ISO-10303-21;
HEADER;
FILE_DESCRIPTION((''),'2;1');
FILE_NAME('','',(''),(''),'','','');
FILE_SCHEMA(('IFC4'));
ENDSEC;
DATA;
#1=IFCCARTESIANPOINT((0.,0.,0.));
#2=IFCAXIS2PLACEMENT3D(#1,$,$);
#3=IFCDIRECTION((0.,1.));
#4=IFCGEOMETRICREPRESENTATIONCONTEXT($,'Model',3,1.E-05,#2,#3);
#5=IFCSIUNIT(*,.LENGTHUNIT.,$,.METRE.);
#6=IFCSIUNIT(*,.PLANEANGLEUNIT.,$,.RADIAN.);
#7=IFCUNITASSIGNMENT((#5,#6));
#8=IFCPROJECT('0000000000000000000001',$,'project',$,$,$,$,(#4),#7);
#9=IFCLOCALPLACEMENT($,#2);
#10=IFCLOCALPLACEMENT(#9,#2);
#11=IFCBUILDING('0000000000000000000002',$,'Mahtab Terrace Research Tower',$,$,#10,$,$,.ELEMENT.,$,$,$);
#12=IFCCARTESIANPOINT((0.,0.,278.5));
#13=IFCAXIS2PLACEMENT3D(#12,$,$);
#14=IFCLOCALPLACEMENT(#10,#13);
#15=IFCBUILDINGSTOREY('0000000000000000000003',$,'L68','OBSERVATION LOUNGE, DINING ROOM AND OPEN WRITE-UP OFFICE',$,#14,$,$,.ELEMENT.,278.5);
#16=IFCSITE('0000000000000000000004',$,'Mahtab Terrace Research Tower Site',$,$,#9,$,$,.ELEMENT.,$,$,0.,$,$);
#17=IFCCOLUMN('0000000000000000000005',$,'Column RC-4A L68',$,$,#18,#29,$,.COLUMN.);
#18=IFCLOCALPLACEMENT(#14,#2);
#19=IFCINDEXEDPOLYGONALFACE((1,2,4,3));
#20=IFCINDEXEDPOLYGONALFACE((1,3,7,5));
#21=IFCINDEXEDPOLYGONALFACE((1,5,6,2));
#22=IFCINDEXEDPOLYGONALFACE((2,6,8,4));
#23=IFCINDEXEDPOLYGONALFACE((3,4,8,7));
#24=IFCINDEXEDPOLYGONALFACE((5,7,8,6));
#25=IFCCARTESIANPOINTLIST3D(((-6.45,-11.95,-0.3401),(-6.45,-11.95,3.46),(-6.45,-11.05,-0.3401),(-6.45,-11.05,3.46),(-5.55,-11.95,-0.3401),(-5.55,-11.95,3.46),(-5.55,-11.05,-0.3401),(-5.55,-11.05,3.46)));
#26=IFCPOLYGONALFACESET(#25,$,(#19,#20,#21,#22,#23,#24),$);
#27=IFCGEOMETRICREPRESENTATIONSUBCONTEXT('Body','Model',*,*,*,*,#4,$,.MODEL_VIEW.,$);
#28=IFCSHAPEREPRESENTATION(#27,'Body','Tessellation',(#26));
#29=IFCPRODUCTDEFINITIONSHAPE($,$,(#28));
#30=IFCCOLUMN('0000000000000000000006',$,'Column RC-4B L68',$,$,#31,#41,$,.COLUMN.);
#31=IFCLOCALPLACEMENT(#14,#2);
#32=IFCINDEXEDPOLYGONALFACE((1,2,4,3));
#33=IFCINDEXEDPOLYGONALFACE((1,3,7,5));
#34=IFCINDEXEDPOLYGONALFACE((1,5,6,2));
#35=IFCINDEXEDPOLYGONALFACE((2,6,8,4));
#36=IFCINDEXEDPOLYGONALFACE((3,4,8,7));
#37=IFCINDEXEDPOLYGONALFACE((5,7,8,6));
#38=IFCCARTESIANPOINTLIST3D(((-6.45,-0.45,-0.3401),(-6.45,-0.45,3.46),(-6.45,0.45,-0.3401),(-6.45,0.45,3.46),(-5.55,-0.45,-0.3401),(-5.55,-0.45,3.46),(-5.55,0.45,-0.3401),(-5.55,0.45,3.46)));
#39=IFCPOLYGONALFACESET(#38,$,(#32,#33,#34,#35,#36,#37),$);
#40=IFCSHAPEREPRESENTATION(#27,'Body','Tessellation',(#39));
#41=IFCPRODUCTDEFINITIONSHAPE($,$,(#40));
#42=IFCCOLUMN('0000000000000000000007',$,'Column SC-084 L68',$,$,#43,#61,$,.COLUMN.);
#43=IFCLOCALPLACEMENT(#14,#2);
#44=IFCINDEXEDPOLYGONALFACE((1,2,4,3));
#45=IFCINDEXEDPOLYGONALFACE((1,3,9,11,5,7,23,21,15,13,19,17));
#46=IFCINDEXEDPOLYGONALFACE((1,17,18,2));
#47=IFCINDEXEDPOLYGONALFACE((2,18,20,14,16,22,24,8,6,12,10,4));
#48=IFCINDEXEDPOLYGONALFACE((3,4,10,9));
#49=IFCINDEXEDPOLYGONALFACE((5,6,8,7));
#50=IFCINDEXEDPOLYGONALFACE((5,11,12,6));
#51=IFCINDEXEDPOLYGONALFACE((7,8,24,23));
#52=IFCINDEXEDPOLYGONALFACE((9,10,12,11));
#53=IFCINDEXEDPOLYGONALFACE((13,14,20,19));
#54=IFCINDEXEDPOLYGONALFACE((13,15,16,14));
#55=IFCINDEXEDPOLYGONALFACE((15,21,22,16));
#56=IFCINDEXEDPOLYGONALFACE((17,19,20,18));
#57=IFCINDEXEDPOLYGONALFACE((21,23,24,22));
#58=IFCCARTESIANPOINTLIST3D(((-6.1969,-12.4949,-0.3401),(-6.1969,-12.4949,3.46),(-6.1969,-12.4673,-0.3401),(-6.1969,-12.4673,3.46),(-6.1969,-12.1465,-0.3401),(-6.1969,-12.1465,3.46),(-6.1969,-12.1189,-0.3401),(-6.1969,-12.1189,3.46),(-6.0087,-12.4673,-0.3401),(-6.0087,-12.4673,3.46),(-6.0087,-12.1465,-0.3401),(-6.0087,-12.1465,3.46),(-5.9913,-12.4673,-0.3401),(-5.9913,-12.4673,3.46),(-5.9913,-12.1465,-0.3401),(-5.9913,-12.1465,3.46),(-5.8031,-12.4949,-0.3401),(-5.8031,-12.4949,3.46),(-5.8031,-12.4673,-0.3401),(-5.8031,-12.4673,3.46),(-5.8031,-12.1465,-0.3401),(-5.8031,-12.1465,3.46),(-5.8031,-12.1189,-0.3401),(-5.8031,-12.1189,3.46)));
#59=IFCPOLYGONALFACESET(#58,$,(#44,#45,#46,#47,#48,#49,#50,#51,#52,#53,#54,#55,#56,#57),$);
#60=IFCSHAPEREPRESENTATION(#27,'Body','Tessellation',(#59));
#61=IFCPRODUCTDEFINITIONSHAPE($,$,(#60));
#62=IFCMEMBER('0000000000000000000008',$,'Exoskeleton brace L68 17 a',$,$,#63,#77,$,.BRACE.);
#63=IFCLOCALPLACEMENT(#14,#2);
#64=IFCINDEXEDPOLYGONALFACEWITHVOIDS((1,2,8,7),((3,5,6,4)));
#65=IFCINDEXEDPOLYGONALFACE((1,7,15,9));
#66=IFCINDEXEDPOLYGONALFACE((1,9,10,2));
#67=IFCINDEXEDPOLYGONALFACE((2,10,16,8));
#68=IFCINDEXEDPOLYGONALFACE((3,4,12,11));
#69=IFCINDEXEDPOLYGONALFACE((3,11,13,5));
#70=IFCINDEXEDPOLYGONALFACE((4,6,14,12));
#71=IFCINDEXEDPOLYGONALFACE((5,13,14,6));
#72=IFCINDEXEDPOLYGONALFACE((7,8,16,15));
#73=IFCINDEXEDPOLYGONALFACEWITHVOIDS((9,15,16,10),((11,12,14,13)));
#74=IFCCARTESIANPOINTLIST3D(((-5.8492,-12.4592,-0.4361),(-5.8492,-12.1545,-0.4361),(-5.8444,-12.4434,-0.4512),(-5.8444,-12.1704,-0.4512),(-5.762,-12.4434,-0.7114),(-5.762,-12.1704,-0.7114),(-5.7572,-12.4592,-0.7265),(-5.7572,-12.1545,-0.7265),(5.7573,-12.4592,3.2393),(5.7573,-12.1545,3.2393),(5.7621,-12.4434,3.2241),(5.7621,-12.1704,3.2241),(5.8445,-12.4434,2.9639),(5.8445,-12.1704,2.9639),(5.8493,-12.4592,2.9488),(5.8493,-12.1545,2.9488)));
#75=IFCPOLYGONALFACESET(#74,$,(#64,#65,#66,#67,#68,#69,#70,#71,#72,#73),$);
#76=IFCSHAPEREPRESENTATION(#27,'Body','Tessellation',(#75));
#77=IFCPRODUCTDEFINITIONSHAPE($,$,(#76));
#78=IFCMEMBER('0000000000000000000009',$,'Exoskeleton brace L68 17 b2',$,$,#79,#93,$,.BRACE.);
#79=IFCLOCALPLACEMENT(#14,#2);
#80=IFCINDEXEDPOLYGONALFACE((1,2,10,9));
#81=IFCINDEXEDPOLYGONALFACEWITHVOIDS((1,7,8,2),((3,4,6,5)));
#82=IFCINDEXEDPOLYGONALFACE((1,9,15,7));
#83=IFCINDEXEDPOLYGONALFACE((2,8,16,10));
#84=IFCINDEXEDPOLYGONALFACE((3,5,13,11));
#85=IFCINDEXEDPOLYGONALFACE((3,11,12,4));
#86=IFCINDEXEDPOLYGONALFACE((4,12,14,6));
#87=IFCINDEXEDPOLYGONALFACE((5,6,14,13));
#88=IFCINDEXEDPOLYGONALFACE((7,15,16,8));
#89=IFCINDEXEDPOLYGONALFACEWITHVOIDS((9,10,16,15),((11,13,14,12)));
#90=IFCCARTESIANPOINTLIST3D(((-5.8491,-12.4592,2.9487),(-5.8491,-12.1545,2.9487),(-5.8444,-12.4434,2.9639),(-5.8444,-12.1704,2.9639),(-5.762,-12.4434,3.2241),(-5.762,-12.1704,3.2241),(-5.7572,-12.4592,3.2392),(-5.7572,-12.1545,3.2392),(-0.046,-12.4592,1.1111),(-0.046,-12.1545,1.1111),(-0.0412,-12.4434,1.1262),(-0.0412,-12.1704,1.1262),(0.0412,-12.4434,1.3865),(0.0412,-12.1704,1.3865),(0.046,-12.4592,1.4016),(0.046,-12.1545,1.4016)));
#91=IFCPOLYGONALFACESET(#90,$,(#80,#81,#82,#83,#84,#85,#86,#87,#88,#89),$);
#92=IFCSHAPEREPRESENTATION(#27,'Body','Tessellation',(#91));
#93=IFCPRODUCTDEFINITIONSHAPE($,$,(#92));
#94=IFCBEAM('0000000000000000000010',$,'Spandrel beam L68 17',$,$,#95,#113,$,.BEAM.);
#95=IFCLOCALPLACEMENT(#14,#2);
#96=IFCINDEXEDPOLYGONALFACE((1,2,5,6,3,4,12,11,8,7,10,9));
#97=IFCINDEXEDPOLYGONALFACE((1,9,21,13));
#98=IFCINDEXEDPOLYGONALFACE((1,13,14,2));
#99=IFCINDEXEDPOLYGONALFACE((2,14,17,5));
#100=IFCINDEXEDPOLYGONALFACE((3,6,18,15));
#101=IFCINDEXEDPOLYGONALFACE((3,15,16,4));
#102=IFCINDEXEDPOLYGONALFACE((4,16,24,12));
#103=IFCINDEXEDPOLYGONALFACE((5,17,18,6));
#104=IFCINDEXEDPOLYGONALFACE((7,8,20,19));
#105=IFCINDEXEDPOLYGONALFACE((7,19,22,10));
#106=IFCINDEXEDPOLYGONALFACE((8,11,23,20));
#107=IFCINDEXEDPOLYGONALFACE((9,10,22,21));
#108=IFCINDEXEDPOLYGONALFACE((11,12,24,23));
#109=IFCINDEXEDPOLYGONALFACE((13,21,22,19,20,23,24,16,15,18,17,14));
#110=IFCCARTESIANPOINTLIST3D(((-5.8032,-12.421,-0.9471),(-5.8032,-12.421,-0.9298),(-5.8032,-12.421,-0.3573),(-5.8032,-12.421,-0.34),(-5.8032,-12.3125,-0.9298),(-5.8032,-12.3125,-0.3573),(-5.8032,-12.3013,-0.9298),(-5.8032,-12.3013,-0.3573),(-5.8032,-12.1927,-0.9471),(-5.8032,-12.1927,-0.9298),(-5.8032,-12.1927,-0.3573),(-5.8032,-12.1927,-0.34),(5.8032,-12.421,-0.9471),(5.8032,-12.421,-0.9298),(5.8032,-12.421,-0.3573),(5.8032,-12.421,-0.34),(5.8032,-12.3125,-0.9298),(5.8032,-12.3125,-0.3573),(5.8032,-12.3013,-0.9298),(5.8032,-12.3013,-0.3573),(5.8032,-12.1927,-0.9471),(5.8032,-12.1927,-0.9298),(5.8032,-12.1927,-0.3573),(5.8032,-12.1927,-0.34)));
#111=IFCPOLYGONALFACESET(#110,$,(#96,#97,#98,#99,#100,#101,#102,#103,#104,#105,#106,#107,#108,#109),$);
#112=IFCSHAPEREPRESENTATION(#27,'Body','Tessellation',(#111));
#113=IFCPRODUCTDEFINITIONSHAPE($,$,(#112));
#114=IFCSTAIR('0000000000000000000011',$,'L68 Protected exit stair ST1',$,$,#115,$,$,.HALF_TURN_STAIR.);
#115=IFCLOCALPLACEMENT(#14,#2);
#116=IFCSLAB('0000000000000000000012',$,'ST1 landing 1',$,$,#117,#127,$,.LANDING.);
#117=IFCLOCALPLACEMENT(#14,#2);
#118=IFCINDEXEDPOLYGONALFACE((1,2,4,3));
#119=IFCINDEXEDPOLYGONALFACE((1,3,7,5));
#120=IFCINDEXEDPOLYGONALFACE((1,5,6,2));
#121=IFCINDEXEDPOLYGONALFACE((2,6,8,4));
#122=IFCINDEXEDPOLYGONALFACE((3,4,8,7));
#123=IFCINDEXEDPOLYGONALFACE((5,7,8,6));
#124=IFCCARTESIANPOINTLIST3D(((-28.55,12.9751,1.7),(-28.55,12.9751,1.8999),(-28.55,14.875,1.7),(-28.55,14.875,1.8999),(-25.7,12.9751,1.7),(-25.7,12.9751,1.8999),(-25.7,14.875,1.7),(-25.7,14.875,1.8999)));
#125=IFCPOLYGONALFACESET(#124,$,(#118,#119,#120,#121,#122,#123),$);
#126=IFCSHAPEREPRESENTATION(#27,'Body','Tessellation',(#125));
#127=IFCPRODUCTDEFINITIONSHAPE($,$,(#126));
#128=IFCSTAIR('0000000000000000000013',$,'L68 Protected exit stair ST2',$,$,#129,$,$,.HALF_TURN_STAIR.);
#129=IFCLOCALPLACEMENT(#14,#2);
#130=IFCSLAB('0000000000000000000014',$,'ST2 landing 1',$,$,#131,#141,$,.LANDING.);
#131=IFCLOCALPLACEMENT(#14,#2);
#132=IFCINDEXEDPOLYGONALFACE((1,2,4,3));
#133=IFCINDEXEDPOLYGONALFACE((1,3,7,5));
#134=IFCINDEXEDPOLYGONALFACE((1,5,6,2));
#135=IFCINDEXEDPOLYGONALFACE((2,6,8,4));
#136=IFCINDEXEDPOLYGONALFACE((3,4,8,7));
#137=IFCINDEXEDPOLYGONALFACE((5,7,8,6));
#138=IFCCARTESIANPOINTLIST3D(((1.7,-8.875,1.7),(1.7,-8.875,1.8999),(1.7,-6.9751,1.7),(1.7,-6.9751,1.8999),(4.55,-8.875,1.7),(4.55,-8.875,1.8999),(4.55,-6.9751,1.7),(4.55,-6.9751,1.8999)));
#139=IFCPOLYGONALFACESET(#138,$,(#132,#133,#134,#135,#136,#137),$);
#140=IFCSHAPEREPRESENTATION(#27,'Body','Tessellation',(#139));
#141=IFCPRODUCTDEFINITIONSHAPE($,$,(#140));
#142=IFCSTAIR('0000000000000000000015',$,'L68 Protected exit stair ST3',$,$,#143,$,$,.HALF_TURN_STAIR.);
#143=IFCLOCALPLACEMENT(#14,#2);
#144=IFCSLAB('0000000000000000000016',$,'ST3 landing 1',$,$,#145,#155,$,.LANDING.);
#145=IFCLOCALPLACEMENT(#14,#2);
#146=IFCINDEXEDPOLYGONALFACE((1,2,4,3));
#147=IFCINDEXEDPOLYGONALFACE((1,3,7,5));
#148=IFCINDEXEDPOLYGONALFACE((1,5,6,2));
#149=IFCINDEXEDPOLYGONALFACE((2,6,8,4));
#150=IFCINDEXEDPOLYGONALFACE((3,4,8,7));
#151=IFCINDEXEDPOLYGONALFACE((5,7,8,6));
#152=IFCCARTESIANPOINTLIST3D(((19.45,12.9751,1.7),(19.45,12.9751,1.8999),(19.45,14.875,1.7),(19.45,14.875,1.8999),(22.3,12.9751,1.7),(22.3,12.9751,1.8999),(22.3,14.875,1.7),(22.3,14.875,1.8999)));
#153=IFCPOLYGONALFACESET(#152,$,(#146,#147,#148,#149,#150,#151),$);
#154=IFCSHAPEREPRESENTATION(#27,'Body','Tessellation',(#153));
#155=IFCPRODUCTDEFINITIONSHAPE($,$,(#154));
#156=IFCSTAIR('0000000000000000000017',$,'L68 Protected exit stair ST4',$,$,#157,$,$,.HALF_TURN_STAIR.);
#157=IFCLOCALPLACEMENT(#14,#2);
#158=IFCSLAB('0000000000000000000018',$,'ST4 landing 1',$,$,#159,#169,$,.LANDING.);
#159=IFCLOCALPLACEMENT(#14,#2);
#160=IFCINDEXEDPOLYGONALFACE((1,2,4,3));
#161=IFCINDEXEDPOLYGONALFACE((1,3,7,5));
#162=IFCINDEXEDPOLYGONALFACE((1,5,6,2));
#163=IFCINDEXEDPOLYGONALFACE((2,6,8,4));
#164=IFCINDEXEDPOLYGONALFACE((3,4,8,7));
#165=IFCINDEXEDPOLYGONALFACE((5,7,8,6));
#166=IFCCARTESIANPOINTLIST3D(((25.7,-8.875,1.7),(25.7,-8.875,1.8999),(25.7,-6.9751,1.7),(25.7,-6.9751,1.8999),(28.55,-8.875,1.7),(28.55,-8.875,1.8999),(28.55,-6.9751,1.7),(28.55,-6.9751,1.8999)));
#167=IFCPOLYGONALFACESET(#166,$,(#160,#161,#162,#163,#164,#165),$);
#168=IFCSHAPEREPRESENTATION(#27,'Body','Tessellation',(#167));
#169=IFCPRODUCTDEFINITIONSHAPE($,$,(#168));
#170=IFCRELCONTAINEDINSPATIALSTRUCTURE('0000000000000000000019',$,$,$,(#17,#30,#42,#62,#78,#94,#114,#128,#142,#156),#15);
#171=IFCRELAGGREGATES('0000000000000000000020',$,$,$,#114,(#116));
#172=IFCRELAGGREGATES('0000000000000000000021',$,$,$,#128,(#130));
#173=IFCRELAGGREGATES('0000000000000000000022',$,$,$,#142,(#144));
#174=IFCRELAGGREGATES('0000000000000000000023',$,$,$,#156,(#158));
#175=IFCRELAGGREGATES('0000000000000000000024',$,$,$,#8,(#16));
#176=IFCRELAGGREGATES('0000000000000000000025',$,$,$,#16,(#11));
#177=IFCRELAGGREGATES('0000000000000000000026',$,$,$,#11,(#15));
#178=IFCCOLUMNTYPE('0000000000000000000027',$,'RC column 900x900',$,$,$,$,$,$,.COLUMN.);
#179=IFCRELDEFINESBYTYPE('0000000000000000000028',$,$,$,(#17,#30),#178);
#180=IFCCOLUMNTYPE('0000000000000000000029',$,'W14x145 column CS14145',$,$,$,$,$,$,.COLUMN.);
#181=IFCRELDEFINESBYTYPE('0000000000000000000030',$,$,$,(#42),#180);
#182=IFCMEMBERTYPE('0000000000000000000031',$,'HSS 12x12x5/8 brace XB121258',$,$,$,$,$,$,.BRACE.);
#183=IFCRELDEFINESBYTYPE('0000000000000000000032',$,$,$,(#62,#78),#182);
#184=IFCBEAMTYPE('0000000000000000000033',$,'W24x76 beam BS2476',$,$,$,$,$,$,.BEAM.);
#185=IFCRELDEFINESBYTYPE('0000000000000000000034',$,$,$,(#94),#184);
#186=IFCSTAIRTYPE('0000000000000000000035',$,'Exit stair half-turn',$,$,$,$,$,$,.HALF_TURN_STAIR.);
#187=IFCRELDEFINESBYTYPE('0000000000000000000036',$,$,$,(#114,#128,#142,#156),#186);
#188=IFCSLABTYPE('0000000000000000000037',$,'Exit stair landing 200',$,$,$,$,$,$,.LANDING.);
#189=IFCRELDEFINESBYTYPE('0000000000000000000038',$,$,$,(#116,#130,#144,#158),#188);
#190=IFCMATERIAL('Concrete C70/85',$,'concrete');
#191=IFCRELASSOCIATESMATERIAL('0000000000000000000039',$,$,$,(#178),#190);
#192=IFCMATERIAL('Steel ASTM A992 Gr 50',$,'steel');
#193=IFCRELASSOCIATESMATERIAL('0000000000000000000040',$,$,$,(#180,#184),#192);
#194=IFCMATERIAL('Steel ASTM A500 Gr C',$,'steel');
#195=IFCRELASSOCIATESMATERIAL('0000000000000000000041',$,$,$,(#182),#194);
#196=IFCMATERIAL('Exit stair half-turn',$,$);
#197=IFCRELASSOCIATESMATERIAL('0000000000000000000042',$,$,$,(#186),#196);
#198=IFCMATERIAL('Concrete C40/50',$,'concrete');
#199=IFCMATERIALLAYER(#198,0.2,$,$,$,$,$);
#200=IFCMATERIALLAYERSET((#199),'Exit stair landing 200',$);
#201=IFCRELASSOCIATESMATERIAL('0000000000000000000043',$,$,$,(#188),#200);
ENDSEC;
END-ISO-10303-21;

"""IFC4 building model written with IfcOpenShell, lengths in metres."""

from ifc_helpers import new_model, si_unit, direction, frame, origin, origin_2d, place, context, subcontext, project, spatial, polyline, rectangle, hollow_rectangle, i_section, outline, extrude, material, layer, layer_set, material_profile, profile_set, type_object, element, aggregate, save


model = new_model("IFC4")

# Units and contexts
model_context = context("Model", 3, precision=1e-05, world=origin(), true_north=direction((0.0, 1.0)))
body_context = subcontext(model_context, "Body", "Model", "MODEL_VIEW")
ifc_project = project(units=[si_unit("LENGTHUNIT", "METRE"), si_unit("PLANEANGLEUNIT", "RADIAN")], contexts=[model_context])

# Site, building, storey
site_placement = place(None, origin())
site = spatial("IfcSite", under=ifc_project, at=site_placement, Name="Mahtab Terrace Research Tower Site", CompositionType="ELEMENT", RefElevation=0.0)
building_placement = place(site_placement, origin())
building = spatial("IfcBuilding", under=site, at=building_placement, Name="Mahtab Terrace Research Tower", CompositionType="ELEMENT")
storey_placement = place(building_placement, frame((0.0, 0.0, 278.5)))
storey = spatial("IfcBuildingStorey", under=building, at=storey_placement, Name="L68", Description="OBSERVATION LOUNGE, DINING ROOM AND OPEN WRITE-UP OFFICE", CompositionType="ELEMENT", Elevation=278.5)

# Columns
ifc_material_1 = material(Name="Concrete C70/85", Category="concrete")
ifc_material_profile_1 = material_profile(ifc_material_1, rectangle(XDim=0.8999, YDim=0.8999, at=origin_2d()), Name="RC column 900x900")
ifc_profile_set_1 = profile_set([ifc_material_profile_1], Name="Concrete C70/85")
column_type_1 = type_object("IfcColumnType", Name="RC column 900x900", PredefinedType="COLUMN", material=ifc_profile_set_1)
for number, where, z_axis, x_axis, name in (
    (1, (-6.0, -11.5, -0.3401), (0.0, 0.0, 1.0), (1.0, 0.0, 0.0), "Column RC-4A L68"),
    (2, (-6.0, 0.0, -0.3401), (0.0, 0.0, 1.0), (1.0, 0.0, 0.0), "Column RC-4B L68"),
):
    element("IfcColumn", number, at=place(storey_placement, frame(where, z_axis=z_axis, x_axis=x_axis)), inside=storey, type_object=column_type_1, Name=name, PredefinedType="COLUMN", context=body_context, shape_type="SweptSolid", body=[
        extrude(rectangle(XDim=0.8999, YDim=0.8999, at=origin_2d()), origin(), (0.0, 0.0, 1.0), 3.8),
    ])
ifc_material_2 = material(Name="Steel ASTM A992 Gr 50", Category="steel")
ifc_material_profile_2 = material_profile(ifc_material_2, i_section(OverallWidth=0.3938, OverallDepth=0.376, WebThickness=0.0173, FlangeThickness=0.0276, at=origin_2d()), Name="W14X145")
ifc_profile_set_2 = profile_set([ifc_material_profile_2], Name="Steel ASTM A992 Gr 50")
column_type_2 = type_object("IfcColumnType", Name="W14x145 column CS14145", PredefinedType="COLUMN", material=ifc_profile_set_2)
column_placement = place(storey_placement, frame((-6.0, -12.3069, -0.3401), z_axis=(0.0, 0.0, 1.0), x_axis=(1.0, 0.0, 0.0)))
element("IfcColumn", 3, at=column_placement, inside=storey, type_object=column_type_2, Name="Column SC-084 L68", PredefinedType="COLUMN", context=body_context, shape_type="SweptSolid", body=[
    extrude(i_section(OverallWidth=0.3938, OverallDepth=0.376, WebThickness=0.0173, FlangeThickness=0.0276, at=origin_2d()), origin(), (0.0, 0.0, 1.0), 3.8),
])

# Members
ifc_material_3 = material(Name="Steel ASTM A500 Gr C", Category="steel")
ifc_material_profile_3 = material_profile(ifc_material_3, hollow_rectangle(XDim=0.3047, YDim=0.3047, WallThickness=0.0159, at=origin_2d()), Name="HSS12X12X5/8")
ifc_profile_set_3 = profile_set([ifc_material_profile_3], Name="Steel ASTM A500 Gr C")
member_type = type_object("IfcMemberType", Name="HSS 12x12x5/8 brace XB121258", PredefinedType="BRACE", material=ifc_profile_set_3)
member_1_placement = place(storey_placement, frame((-5.8032, -12.3069, -0.5813), z_axis=(0.953344, 0.0, 0.301886), x_axis=(0.0, 1.0, 0.0)))
element("IfcMember", 4, at=member_1_placement, inside=storey, type_object=member_type, Name="Exoskeleton brace L68 17 a", PredefinedType="BRACE", context=body_context, shape_type="SweptSolid", body=[
    extrude(hollow_rectangle(XDim=0.3047, YDim=0.3047, WallThickness=0.0159, at=origin_2d()), origin(), (0.0, 0.0, 1.0), 12.1746),
])
member_2_placement = place(storey_placement, frame((0.0, -12.3069, 1.2563), z_axis=(-0.953344, 0.0, 0.301886), x_axis=(0.0, -1.0, 0.0)))
element("IfcMember", 5, at=member_2_placement, inside=storey, type_object=member_type, Name="Exoskeleton brace L68 17 b2", PredefinedType="BRACE", context=body_context, shape_type="SweptSolid", body=[
    extrude(hollow_rectangle(XDim=0.3047, YDim=0.3047, WallThickness=0.0159, at=origin_2d()), origin(), (0.0, 0.0, 1.0), 6.0872),
])

# Beam
ifc_material_profile_4 = material_profile(ifc_material_2, i_section(OverallWidth=0.2283, OverallDepth=0.6072, WebThickness=0.0112, FlangeThickness=0.0173, at=origin_2d()), Name="W24X76")
ifc_profile_set_4 = profile_set([ifc_material_profile_4], Name="Steel ASTM A992 Gr 50")
beam_type = type_object("IfcBeamType", Name="W24x76 beam BS2476", PredefinedType="BEAM", material=ifc_profile_set_4)
beam_placement = place(storey_placement, frame((-5.8032, -12.3069, -0.6436), z_axis=(1.0, 0.0, 0.0), x_axis=(0.0, 1.0, 0.0)))
element("IfcBeam", 6, at=beam_placement, inside=storey, type_object=beam_type, Name="Spandrel beam L68 17", PredefinedType="BEAM", context=body_context, shape_type="SweptSolid", body=[
    extrude(i_section(OverallWidth=0.2283, OverallDepth=0.6072, WebThickness=0.0112, FlangeThickness=0.0173, at=origin_2d()), origin(), (0.0, 0.0, 1.0), 11.6064),
])

# Stairs, slabs
ifc_material_4 = material(Name="Exit stair half-turn")
stair_type = type_object("IfcStairType", Name="Exit stair half-turn", PredefinedType="HALF_TURN_STAIR", material=ifc_material_4)
stair_1_placement = place(storey_placement, origin())
stair_1 = element("IfcStair", 7, at=stair_1_placement, inside=storey, type_object=stair_type, Name="L68 Protected exit stair ST1", PredefinedType="HALF_TURN_STAIR")
ifc_material_5 = material(Name="Concrete C40/50", Category="concrete")
ifc_layer_1 = layer(ifc_material_5, 0.2)
ifc_layer_set_1 = layer_set([ifc_layer_1], Name="Exit stair landing 200")
slab_type_1 = type_object("IfcSlabType", Name="Exit stair landing 200", PredefinedType="LANDING", material=ifc_layer_set_1)
slab_1_placement = place(storey_placement, frame((0.0, 0.0, 1.7)))
slab_1 = element("IfcSlab", 8, at=slab_1_placement, type_object=slab_type_1, Name="ST1 landing 1", PredefinedType="LANDING", context=body_context, shape_type="SweptSolid", body=[
    extrude(outline(polyline([(-25.7, 12.9751), (-25.7, 14.875), (-28.55, 14.875), (-28.55, 12.9751), (-25.7, 12.9751)])), origin(), (0.0, 0.0, 1.0), 0.2),
])
aggregate(stair_1, [slab_1])
stair_2_placement = place(storey_placement, origin())
stair_2 = element("IfcStair", 9, at=stair_2_placement, inside=storey, type_object=stair_type, Name="L68 Protected exit stair ST2", PredefinedType="HALF_TURN_STAIR")
slab_2_placement = place(storey_placement, frame((0.0, 0.0, 1.7)))
slab_2 = element("IfcSlab", 10, at=slab_2_placement, type_object=slab_type_1, Name="ST2 landing 1", PredefinedType="LANDING", context=body_context, shape_type="SweptSolid", body=[
    extrude(outline(polyline([(1.7, -6.9751), (1.7, -8.875), (4.55, -8.875), (4.55, -6.9751), (1.7, -6.9751)])), origin(), (0.0, 0.0, 1.0), 0.2),
])
aggregate(stair_2, [slab_2])
stair_3_placement = place(storey_placement, origin())
stair_3 = element("IfcStair", 11, at=stair_3_placement, inside=storey, type_object=stair_type, Name="L68 Protected exit stair ST3", PredefinedType="HALF_TURN_STAIR")
slab_3_placement = place(storey_placement, frame((0.0, 0.0, 1.7)))
slab_3 = element("IfcSlab", 12, at=slab_3_placement, type_object=slab_type_1, Name="ST3 landing 1", PredefinedType="LANDING", context=body_context, shape_type="SweptSolid", body=[
    extrude(outline(polyline([(22.3, 12.9751), (22.3, 14.875), (19.45, 14.875), (19.45, 12.9751), (22.3, 12.9751)])), origin(), (0.0, 0.0, 1.0), 0.2),
])
aggregate(stair_3, [slab_3])
stair_4_placement = place(storey_placement, origin())
stair_4 = element("IfcStair", 13, at=stair_4_placement, inside=storey, type_object=stair_type, Name="L68 Protected exit stair ST4", PredefinedType="HALF_TURN_STAIR")
slab_4_placement = place(storey_placement, frame((0.0, 0.0, 1.7)))
slab_4 = element("IfcSlab", 14, at=slab_4_placement, type_object=slab_type_1, Name="ST4 landing 1", PredefinedType="LANDING", context=body_context, shape_type="SweptSolid", body=[
    extrude(outline(polyline([(25.7, -6.9751), (25.7, -8.875), (28.55, -8.875), (28.55, -6.9751), (25.7, -6.9751)])), origin(), (0.0, 0.0, 1.0), 0.2),
])
aggregate(stair_4, [slab_4])

save(model, "model.ifc")
